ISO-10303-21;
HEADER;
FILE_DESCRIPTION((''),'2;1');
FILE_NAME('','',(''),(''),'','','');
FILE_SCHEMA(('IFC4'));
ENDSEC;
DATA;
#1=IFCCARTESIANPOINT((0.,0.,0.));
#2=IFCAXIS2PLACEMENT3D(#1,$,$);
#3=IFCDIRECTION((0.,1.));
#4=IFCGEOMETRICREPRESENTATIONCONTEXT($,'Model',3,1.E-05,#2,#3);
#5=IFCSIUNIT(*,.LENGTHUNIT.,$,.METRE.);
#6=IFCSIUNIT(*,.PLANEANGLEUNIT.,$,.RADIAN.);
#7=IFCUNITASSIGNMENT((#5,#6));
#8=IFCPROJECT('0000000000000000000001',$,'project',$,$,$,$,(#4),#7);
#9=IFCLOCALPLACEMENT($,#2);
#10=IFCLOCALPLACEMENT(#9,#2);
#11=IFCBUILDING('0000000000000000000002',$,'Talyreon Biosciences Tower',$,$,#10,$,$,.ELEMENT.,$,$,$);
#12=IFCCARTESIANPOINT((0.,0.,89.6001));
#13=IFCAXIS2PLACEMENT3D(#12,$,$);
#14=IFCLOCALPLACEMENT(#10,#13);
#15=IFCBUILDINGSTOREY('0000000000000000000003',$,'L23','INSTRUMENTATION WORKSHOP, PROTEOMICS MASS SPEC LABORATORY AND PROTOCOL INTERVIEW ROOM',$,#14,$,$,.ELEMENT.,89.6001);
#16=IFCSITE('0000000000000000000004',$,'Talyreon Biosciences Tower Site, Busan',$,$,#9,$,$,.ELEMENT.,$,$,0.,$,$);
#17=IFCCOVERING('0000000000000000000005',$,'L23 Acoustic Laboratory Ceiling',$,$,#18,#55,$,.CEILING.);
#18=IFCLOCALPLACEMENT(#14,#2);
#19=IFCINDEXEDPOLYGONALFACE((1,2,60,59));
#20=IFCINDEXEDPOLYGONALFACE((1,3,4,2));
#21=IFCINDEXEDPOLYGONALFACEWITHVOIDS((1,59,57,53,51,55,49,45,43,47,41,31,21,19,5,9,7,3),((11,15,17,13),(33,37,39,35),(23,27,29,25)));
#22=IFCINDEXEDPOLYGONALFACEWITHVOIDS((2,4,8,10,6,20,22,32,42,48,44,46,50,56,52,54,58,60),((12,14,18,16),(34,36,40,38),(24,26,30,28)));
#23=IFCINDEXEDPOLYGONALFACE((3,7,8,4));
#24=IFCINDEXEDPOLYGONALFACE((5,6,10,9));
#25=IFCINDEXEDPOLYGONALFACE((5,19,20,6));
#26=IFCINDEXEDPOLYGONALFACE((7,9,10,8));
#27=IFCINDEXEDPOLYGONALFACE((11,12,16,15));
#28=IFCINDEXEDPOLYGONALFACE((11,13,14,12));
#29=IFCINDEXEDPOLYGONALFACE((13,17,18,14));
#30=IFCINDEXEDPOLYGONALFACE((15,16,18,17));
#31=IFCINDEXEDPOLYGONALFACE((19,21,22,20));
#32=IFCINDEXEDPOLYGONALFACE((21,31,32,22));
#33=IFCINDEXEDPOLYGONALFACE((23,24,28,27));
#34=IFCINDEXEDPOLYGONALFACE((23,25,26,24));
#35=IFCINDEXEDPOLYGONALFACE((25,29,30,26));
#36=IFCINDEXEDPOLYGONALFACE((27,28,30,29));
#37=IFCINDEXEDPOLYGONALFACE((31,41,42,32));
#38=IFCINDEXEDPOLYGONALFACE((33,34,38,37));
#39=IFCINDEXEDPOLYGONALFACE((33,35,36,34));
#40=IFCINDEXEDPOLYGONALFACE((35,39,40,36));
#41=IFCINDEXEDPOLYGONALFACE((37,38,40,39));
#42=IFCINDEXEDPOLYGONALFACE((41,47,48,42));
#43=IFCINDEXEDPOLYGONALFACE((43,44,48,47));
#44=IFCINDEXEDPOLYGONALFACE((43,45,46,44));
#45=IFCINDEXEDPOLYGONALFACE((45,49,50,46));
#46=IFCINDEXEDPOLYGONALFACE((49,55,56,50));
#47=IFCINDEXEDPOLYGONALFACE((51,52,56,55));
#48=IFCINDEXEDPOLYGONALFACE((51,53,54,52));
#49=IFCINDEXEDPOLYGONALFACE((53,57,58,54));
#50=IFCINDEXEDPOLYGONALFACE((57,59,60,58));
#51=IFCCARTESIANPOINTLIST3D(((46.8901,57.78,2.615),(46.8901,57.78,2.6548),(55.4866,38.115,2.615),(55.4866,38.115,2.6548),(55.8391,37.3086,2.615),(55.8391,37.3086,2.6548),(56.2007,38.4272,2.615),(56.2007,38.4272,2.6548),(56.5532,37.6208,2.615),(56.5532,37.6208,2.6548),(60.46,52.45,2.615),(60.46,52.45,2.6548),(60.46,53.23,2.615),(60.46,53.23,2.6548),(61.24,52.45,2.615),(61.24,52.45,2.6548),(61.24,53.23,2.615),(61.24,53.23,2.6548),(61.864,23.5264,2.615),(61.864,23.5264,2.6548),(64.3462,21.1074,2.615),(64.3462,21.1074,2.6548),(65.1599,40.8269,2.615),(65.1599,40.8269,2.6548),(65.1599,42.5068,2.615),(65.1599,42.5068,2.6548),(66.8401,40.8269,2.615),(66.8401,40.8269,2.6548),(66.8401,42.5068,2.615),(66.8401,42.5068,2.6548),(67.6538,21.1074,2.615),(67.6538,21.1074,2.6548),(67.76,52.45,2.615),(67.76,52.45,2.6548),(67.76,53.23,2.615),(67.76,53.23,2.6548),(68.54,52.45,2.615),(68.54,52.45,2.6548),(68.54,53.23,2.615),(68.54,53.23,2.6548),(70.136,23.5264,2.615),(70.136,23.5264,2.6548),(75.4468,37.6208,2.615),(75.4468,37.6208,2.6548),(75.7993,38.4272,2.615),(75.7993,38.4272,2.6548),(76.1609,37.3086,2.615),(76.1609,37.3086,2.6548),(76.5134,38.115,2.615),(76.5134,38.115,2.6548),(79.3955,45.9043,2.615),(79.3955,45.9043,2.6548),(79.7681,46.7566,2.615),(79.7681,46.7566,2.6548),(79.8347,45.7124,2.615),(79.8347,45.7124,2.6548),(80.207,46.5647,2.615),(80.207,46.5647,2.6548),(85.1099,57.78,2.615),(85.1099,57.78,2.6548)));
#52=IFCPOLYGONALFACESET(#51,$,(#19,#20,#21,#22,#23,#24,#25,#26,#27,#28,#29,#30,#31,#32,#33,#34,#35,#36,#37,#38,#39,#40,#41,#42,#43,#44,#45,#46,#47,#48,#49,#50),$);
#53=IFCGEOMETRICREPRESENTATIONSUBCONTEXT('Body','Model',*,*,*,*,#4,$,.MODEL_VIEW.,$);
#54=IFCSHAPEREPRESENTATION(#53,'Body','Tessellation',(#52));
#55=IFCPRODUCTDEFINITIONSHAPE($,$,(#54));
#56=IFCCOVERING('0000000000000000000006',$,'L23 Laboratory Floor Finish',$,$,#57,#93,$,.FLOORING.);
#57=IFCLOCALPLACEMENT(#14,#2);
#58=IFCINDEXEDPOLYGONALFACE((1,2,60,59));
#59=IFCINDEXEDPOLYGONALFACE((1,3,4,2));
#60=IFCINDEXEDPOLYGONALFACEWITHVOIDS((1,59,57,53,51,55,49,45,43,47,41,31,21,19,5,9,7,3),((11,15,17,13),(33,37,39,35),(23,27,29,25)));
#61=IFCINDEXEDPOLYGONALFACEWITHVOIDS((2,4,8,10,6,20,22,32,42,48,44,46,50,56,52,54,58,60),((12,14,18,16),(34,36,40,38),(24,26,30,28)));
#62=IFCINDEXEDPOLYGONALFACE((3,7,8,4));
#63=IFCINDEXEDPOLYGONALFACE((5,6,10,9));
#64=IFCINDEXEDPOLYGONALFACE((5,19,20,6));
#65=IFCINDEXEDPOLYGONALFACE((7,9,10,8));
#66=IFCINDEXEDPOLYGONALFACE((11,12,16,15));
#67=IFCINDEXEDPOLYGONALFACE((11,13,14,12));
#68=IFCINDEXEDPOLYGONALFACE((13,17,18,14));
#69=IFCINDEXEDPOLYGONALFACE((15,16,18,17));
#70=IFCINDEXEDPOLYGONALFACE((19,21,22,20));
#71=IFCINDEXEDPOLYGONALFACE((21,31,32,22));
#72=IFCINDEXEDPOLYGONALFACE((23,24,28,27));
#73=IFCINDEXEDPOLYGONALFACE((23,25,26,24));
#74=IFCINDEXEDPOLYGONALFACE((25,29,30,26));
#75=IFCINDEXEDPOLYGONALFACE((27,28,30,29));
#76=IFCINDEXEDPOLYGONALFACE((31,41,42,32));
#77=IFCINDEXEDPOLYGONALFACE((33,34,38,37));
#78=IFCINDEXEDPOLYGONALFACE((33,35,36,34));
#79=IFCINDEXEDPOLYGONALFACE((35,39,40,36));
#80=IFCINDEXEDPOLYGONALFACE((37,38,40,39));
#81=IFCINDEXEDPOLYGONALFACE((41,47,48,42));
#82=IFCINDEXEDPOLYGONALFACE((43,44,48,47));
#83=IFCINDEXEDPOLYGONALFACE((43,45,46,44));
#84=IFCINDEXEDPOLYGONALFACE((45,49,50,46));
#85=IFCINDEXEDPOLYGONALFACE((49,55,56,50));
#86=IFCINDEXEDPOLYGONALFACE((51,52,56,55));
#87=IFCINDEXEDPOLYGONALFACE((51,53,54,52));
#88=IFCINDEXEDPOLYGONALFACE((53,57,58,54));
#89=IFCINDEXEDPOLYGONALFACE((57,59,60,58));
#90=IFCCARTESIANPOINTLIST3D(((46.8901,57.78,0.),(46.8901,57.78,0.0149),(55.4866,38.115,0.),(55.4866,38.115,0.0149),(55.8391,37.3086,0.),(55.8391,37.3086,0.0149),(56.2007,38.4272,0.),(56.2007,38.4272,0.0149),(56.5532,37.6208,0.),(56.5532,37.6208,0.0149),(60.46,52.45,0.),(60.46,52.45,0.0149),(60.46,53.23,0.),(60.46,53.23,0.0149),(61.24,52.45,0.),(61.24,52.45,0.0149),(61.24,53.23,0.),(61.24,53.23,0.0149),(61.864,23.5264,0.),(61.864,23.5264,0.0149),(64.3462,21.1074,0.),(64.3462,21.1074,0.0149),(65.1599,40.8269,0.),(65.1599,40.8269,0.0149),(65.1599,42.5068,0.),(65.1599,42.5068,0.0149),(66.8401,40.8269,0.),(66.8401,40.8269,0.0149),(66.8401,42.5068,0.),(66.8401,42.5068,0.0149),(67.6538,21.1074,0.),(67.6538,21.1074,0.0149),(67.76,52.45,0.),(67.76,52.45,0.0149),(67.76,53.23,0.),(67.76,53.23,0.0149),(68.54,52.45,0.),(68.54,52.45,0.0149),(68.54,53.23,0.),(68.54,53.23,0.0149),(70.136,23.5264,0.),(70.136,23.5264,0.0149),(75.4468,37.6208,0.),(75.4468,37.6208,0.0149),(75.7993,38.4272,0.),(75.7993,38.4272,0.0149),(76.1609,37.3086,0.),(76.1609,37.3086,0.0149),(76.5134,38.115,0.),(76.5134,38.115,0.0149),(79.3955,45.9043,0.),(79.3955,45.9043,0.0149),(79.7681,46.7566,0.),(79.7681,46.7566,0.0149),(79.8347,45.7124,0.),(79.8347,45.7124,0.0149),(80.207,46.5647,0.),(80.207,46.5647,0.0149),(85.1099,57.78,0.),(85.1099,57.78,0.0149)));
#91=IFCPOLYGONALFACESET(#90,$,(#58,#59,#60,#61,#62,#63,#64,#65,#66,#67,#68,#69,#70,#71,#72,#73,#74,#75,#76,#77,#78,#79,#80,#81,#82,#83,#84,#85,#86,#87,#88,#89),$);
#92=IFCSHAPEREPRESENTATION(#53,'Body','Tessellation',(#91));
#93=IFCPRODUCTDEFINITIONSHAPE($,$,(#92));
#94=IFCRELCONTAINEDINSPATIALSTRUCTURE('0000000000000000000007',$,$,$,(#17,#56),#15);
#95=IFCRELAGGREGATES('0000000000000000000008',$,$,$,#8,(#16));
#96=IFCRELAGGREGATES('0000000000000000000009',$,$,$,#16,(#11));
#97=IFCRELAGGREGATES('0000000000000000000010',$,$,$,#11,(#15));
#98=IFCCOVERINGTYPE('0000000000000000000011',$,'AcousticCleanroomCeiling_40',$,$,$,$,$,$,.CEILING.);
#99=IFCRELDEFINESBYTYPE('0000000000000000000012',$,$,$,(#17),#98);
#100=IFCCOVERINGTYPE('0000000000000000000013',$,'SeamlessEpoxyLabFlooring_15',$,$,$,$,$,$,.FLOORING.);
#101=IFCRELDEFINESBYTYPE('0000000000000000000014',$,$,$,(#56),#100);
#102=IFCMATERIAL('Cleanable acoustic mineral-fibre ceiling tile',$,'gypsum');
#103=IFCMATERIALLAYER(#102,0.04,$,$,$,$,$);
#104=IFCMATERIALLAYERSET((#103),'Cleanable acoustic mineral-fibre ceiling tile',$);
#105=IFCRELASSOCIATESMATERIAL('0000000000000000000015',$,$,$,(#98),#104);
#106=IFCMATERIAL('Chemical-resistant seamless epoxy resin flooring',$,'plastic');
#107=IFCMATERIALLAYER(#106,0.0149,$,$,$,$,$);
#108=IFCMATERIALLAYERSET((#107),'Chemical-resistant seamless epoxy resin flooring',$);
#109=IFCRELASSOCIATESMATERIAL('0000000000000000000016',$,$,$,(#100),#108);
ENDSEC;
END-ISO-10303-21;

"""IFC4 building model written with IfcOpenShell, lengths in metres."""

from ifc_helpers import new_model, si_unit, direction, frame, origin, place, context, subcontext, project, spatial, polyline, outline, extrude, material, layer, layer_set, type_object, element, save


model = new_model("IFC4")

# Units and contexts
model_context = context("Model", 3, precision=1e-05, world=origin(), true_north=direction((0.0, 1.0)))
body_context = subcontext(model_context, "Body", "Model", "MODEL_VIEW")
ifc_project = project(units=[si_unit("LENGTHUNIT", "METRE"), si_unit("PLANEANGLEUNIT", "RADIAN")], contexts=[model_context])

# Site, building, storey
site_placement = place(None, origin())
site = spatial("IfcSite", under=ifc_project, at=site_placement, Name="Talyreon Biosciences Tower Site, Busan", CompositionType="ELEMENT", RefElevation=0.0)
building_placement = place(site_placement, origin())
building = spatial("IfcBuilding", under=site, at=building_placement, Name="Talyreon Biosciences Tower", CompositionType="ELEMENT")
storey_placement = place(building_placement, frame((0.0, 0.0, 89.6001)))
storey = spatial("IfcBuildingStorey", under=building, at=storey_placement, Name="L23", Description="INSTRUMENTATION WORKSHOP, PROTEOMICS MASS SPEC LABORATORY AND PROTOCOL INTERVIEW ROOM", CompositionType="ELEMENT", Elevation=89.6001)

# Coverings
ifc_material_1 = material(Name="Cleanable acoustic mineral-fibre ceiling tile", Category="gypsum")
ifc_layer_1 = layer(ifc_material_1, 0.04)
ifc_layer_set_1 = layer_set([ifc_layer_1], Name="Cleanable acoustic mineral-fibre ceiling tile")
covering_type_1 = type_object("IfcCoveringType", Name="AcousticCleanroomCeiling_40", PredefinedType="CEILING", material=ifc_layer_set_1)
covering_1_placement = place(storey_placement, frame((0.0, 0.0, 2.615)))
element("IfcCovering", 1, at=covering_1_placement, inside=storey, type_object=covering_type_1, Name="L23 Acoustic Laboratory Ceiling", PredefinedType="CEILING", context=body_context, shape_type="SweptSolid", body=[
    extrude(outline(polyline([(85.1099, 57.78), (80.207, 46.5647), (79.7681, 46.7566), (79.3955, 45.9043), (79.8347, 45.7124), (76.5134, 38.115), (75.7993, 38.4272), (75.4468, 37.6208), (76.1609, 37.3086), (70.136, 23.5264), (67.6538, 21.1074), (64.3462, 21.1074), (61.864, 23.5264), (55.8391, 37.3086), (56.5532, 37.6208), (56.2007, 38.4272), (55.4866, 38.115), (46.8901, 57.78), (85.1099, 57.78)]), holes=[polyline([(66.8401, 40.8269), (66.8401, 42.5068), (65.1599, 42.5068), (65.1599, 40.8269), (66.8401, 40.8269)]), polyline([(61.24, 52.45), (61.24, 53.23), (60.46, 53.23), (60.46, 52.45), (61.24, 52.45)]), polyline([(67.76, 52.45), (68.54, 52.45), (68.54, 53.23), (67.76, 53.23), (67.76, 52.45)])]), origin(), (0.0, 0.0, 1.0), 0.0398),
])
ifc_material_2 = material(Name="Chemical-resistant seamless epoxy resin flooring", Category="plastic")
ifc_layer_2 = layer(ifc_material_2, 0.0149)
ifc_layer_set_2 = layer_set([ifc_layer_2], Name="Chemical-resistant seamless epoxy resin flooring")
covering_type_2 = type_object("IfcCoveringType", Name="SeamlessEpoxyLabFlooring_15", PredefinedType="FLOORING", material=ifc_layer_set_2)
covering_2_placement = place(storey_placement, origin())
element("IfcCovering", 2, at=covering_2_placement, inside=storey, type_object=covering_type_2, Name="L23 Laboratory Floor Finish", PredefinedType="FLOORING", context=body_context, shape_type="SweptSolid", body=[
    extrude(outline(polyline([(85.1099, 57.78), (80.207, 46.5647), (79.7681, 46.7566), (79.3955, 45.9043), (79.8347, 45.7124), (76.5134, 38.115), (75.7993, 38.4272), (75.4468, 37.6208), (76.1609, 37.3086), (70.136, 23.5264), (67.6538, 21.1074), (64.3462, 21.1074), (61.864, 23.5264), (55.8391, 37.3086), (56.5532, 37.6208), (56.2007, 38.4272), (55.4866, 38.115), (46.8901, 57.78), (85.1099, 57.78)]), holes=[polyline([(66.8401, 40.8269), (66.8401, 42.5068), (65.1599, 42.5068), (65.1599, 40.8269), (66.8401, 40.8269)]), polyline([(61.24, 52.45), (61.24, 53.23), (60.46, 53.23), (60.46, 52.45), (61.24, 52.45)]), polyline([(67.76, 52.45), (68.54, 52.45), (68.54, 53.23), (67.76, 53.23), (67.76, 52.45)])]), origin(), (0.0, 0.0, 1.0), 0.0149),
])

save(model, "model.ifc")
